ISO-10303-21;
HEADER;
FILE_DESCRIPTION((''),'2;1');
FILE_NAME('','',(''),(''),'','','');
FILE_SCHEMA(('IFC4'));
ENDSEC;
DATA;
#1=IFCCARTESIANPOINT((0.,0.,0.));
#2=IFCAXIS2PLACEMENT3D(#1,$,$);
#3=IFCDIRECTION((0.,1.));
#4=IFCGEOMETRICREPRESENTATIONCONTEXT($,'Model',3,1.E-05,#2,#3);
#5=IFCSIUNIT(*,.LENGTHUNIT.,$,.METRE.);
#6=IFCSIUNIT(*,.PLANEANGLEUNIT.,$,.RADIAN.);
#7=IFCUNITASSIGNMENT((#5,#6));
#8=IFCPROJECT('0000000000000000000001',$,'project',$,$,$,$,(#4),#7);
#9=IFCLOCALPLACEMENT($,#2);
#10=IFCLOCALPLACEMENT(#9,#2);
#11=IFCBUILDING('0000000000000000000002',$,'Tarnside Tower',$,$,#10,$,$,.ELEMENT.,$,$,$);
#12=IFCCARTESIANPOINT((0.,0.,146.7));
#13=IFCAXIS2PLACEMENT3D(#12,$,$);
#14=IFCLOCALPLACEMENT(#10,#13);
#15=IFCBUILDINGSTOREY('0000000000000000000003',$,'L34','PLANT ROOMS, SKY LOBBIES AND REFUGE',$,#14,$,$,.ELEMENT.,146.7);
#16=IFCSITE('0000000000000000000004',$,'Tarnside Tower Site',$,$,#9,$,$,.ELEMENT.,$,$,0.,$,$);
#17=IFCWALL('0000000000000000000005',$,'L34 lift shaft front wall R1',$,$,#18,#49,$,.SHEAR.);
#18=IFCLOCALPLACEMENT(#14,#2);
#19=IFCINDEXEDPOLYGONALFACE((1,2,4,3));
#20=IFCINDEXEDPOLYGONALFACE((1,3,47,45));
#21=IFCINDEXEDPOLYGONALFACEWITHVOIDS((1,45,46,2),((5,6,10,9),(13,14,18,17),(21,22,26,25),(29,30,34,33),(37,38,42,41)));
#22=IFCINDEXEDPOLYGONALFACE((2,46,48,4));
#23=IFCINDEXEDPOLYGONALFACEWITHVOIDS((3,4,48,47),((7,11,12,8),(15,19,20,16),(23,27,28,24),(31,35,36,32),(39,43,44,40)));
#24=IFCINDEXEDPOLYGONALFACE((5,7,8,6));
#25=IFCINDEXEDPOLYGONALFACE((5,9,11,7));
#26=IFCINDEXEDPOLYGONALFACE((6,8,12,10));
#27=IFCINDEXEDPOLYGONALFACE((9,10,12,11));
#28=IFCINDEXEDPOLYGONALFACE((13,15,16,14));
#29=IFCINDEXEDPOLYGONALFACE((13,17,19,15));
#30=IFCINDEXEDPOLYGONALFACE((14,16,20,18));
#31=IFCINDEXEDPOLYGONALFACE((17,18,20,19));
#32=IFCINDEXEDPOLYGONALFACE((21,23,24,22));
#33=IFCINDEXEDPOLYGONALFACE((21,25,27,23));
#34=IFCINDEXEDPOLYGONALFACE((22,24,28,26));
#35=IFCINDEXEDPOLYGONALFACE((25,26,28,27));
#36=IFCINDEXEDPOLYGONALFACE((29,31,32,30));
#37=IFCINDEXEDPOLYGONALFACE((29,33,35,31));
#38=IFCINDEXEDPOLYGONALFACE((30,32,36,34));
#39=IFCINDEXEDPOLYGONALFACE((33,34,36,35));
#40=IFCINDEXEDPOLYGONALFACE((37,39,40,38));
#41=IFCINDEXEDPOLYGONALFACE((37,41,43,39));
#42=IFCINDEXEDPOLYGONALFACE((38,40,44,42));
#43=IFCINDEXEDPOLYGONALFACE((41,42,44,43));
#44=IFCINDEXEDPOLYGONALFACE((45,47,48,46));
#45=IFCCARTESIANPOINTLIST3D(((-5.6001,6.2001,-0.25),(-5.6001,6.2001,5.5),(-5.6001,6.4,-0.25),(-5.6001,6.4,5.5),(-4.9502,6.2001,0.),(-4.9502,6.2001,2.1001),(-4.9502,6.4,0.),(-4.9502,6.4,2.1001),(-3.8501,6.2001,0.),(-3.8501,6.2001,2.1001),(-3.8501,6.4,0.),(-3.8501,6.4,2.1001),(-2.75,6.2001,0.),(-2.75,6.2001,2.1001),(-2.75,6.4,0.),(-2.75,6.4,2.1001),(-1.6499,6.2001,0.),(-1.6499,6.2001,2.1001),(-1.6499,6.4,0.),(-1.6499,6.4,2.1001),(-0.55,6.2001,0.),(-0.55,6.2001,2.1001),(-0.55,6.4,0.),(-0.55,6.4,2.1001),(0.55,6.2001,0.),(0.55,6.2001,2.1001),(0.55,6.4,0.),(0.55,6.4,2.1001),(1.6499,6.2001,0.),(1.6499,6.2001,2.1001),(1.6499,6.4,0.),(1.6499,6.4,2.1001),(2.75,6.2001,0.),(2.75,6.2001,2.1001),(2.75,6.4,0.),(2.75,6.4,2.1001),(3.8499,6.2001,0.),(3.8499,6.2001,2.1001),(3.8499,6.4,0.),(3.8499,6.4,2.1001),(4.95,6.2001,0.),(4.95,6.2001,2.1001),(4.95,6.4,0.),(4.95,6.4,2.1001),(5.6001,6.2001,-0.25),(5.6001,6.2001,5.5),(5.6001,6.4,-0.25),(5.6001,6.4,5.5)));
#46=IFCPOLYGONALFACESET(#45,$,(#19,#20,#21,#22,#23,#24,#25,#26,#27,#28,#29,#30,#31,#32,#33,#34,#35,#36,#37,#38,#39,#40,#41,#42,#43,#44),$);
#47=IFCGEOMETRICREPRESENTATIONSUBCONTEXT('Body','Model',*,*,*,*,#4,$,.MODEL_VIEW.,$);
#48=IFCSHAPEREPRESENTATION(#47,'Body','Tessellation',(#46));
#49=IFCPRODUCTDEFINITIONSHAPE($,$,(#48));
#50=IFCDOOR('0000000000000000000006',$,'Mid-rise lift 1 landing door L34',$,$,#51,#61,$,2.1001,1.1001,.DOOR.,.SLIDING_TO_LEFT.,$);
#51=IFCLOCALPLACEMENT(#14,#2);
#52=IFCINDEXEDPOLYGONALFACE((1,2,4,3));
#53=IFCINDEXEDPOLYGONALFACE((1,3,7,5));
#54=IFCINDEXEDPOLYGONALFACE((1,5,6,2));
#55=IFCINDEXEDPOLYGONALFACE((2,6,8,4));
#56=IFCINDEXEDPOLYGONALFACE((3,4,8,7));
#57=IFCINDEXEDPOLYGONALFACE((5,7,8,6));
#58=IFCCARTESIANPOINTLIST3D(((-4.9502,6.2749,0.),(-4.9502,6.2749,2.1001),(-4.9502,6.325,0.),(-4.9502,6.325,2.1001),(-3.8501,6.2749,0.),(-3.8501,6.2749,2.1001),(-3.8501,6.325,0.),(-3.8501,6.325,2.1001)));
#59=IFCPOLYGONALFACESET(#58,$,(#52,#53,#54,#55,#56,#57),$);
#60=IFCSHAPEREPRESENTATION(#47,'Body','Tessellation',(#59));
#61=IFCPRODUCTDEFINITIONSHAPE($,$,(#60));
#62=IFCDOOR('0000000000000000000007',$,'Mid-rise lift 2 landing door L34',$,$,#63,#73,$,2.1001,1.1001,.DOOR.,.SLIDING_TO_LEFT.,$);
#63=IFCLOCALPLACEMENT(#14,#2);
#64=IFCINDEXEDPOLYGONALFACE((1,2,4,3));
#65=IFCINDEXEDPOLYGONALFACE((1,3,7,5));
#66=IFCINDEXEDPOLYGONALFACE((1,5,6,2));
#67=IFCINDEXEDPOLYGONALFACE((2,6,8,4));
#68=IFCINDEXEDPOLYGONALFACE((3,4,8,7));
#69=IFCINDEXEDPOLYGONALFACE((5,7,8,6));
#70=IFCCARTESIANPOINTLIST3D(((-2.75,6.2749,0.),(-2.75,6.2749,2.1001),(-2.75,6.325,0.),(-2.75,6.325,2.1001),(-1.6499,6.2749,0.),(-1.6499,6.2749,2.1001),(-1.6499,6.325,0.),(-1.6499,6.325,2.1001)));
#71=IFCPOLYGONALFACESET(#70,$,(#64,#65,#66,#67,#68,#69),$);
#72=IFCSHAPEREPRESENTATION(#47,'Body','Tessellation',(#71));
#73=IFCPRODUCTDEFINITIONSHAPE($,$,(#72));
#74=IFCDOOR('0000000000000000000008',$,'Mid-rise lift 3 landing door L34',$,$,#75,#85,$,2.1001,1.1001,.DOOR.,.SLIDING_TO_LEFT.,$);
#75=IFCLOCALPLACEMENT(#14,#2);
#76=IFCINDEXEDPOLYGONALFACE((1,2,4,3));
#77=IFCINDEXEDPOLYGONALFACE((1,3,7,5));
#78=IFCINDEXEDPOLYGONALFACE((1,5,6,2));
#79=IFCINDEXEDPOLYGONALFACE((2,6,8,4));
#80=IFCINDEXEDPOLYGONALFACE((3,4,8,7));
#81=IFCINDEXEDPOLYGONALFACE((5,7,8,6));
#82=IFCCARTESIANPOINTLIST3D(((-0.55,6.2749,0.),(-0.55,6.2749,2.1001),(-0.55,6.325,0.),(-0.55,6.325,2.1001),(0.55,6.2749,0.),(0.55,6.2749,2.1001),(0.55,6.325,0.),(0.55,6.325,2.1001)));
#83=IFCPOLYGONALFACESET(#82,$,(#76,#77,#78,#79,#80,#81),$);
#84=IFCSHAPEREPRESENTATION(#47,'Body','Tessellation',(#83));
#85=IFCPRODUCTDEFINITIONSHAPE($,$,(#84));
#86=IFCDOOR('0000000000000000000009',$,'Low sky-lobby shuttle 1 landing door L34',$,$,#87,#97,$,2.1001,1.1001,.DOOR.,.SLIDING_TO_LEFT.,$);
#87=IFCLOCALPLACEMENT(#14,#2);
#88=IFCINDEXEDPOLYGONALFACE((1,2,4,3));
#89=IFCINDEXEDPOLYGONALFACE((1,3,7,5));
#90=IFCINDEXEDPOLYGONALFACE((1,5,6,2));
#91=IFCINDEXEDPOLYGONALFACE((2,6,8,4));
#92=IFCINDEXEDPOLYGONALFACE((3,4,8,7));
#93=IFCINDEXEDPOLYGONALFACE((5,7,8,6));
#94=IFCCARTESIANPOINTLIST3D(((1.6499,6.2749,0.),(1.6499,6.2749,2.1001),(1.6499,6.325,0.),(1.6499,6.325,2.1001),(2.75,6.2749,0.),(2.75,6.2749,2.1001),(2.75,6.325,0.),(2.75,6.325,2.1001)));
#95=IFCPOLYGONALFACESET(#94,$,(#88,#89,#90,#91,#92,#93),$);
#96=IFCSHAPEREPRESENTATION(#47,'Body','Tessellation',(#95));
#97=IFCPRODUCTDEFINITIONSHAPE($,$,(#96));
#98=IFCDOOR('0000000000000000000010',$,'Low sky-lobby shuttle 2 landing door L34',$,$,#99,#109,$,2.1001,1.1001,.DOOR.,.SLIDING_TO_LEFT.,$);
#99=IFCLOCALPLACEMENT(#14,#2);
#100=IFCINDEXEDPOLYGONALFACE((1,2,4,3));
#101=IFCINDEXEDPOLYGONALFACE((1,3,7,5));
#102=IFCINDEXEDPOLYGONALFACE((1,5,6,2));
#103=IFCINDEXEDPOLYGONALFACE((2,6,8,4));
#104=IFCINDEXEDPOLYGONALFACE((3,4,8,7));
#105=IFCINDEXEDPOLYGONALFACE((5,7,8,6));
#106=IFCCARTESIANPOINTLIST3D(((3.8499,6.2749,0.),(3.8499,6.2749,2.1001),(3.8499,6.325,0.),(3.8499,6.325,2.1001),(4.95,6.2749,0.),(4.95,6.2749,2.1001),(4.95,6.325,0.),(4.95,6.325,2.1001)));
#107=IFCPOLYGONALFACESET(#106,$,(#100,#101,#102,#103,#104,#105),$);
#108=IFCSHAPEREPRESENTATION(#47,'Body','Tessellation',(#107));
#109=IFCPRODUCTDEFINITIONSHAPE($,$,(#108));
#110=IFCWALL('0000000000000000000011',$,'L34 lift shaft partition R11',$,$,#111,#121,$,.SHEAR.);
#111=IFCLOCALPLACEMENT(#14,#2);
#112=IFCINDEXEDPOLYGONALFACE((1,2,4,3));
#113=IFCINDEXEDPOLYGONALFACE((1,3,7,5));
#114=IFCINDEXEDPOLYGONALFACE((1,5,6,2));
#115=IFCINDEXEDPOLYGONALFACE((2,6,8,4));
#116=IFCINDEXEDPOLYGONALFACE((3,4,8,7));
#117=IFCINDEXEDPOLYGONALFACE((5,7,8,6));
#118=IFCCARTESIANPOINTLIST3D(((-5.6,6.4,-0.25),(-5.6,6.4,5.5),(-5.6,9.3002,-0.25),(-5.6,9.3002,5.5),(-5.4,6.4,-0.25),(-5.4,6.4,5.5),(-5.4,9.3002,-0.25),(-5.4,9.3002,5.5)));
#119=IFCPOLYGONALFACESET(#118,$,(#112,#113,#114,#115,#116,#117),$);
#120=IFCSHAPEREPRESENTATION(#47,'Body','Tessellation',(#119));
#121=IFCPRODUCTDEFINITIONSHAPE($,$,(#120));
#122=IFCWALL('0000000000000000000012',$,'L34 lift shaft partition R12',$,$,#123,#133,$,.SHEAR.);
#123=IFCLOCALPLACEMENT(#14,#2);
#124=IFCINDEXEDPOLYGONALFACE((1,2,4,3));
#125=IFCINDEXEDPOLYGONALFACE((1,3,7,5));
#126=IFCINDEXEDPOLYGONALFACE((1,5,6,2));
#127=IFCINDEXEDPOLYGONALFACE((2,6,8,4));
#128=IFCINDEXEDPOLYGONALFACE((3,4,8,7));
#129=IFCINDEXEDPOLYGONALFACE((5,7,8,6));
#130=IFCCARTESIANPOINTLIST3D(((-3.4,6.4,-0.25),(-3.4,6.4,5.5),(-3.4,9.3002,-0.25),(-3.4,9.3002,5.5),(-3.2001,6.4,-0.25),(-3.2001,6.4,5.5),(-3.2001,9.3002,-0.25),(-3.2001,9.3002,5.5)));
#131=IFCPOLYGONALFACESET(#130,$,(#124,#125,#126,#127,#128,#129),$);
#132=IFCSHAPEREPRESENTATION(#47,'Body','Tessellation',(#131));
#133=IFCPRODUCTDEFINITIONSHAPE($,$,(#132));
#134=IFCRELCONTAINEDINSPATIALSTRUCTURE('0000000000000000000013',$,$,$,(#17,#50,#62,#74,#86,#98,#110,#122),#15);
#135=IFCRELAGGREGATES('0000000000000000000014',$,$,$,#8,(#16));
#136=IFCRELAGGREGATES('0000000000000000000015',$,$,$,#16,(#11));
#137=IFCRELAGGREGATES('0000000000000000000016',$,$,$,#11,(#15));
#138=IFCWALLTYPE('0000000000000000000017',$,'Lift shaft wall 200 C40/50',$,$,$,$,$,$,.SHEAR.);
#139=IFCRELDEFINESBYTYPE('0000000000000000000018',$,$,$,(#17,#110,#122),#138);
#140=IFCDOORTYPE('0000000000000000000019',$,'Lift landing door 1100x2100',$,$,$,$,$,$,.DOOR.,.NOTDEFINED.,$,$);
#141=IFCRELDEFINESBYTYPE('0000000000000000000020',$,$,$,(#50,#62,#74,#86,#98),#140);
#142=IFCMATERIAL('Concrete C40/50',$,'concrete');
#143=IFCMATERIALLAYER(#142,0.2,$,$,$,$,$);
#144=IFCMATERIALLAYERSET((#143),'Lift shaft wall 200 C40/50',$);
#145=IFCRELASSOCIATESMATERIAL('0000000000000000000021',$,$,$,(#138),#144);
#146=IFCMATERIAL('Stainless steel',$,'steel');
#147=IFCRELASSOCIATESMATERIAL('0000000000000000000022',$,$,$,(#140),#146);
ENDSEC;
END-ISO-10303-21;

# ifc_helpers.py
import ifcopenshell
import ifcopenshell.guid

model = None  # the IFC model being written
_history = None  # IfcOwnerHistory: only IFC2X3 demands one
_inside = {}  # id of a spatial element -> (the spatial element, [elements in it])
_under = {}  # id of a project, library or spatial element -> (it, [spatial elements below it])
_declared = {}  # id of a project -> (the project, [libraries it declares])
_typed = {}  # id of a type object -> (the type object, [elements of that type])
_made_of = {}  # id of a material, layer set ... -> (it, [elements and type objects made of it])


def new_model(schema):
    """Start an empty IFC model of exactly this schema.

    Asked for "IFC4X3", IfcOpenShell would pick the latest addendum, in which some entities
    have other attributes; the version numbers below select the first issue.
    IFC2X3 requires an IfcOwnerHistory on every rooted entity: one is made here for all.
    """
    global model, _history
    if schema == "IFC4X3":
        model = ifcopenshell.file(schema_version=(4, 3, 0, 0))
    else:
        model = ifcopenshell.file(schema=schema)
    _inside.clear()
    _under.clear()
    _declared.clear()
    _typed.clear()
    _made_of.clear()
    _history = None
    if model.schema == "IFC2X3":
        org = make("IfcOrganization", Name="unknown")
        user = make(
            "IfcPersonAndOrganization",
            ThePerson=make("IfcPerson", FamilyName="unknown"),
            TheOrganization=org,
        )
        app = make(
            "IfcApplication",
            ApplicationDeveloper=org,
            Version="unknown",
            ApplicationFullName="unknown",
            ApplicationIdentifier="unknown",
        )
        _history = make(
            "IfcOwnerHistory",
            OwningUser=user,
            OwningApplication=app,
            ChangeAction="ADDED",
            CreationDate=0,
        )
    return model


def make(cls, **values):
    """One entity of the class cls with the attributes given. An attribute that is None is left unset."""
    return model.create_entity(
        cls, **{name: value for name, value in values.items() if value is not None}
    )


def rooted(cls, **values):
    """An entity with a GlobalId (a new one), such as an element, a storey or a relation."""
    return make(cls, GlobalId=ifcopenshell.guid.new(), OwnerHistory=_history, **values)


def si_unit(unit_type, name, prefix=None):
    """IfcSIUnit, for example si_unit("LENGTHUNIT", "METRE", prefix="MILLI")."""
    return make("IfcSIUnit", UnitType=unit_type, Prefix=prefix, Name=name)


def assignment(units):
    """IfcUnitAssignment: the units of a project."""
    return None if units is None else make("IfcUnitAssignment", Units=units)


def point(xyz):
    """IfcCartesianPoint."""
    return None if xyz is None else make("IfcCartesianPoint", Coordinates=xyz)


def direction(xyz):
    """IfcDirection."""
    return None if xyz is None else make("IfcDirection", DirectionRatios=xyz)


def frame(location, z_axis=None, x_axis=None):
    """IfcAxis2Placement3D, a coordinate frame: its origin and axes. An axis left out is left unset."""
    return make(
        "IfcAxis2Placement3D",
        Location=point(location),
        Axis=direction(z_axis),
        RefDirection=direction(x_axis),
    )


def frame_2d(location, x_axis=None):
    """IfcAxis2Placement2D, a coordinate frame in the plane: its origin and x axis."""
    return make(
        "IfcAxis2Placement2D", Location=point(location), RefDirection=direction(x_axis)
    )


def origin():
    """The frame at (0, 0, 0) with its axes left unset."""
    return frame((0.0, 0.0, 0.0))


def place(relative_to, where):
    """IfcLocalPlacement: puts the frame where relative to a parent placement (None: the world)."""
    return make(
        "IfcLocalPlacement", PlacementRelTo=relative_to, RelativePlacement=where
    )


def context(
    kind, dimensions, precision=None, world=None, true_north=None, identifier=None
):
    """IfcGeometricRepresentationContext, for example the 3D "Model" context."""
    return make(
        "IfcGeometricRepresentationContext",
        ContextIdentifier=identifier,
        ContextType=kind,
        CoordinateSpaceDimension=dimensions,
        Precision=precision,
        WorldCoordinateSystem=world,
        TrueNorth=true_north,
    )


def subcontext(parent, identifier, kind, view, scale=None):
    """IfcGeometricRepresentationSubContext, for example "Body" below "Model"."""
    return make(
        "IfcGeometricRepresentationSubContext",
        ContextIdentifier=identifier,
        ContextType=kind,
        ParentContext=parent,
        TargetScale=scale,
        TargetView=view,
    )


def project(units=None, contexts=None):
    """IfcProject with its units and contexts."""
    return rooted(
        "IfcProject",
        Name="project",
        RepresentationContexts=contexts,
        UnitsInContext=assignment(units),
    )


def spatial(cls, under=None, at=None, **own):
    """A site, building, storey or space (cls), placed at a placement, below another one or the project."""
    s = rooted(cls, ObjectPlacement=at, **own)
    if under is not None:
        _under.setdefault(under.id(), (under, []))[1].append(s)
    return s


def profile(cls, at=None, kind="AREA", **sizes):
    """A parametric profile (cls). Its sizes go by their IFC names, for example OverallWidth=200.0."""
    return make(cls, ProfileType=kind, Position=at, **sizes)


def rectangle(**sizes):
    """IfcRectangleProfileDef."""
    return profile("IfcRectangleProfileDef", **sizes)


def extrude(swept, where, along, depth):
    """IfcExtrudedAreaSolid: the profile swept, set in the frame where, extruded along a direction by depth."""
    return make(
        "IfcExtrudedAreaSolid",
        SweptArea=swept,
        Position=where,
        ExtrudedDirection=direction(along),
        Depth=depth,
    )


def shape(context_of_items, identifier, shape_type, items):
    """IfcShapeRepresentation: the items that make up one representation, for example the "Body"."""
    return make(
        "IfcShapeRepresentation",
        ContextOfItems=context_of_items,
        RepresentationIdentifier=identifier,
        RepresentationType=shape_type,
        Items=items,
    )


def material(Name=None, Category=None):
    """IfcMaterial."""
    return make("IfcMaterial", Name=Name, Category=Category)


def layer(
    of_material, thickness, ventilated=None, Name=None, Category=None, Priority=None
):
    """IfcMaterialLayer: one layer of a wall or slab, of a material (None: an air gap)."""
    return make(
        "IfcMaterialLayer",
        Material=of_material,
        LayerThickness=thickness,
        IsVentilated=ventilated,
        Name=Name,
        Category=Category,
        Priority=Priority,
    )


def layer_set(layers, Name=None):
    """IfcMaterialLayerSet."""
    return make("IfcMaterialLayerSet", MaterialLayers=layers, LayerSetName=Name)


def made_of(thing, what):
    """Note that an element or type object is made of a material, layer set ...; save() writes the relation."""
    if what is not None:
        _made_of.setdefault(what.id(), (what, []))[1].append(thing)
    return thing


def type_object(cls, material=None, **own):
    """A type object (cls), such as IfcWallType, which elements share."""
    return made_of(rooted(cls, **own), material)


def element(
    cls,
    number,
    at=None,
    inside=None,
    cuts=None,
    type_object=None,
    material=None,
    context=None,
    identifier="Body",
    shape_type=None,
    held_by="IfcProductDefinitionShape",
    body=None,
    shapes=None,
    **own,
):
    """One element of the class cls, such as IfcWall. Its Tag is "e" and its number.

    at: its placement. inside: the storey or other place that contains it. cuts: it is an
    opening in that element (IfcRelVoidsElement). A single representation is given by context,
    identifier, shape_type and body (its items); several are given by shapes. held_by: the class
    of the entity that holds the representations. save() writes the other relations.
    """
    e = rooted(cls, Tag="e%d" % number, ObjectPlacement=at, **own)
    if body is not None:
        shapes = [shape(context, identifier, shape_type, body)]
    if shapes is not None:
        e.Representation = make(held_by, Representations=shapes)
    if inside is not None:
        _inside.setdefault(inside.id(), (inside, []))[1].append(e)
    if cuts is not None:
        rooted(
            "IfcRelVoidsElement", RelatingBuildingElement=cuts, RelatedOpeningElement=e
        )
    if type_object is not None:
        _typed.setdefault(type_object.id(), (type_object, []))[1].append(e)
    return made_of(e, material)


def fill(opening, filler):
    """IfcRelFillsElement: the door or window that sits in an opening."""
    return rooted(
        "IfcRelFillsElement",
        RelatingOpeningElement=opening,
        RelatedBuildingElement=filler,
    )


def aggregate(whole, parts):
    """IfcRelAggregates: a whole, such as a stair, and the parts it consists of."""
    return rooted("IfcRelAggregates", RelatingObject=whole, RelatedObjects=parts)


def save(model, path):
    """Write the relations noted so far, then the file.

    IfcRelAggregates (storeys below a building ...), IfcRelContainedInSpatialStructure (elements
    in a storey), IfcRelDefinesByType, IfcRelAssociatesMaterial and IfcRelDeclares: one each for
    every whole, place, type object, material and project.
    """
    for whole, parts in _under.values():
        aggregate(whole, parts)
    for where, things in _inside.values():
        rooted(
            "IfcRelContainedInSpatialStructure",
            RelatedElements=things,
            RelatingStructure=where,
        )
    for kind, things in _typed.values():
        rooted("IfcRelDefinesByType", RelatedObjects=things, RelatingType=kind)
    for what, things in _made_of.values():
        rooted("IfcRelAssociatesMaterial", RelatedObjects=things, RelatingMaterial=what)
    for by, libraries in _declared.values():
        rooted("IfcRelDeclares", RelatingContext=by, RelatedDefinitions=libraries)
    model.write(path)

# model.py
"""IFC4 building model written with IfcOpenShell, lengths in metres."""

from ifc_helpers import new_model, si_unit, direction, frame, frame_2d, origin, place, context, subcontext, project, spatial, rectangle, extrude, material, layer, layer_set, type_object, element, fill, save


model = new_model("IFC4")

# Units and contexts
model_context = context("Model", 3, precision=1e-05, world=origin(), true_north=direction((0.0, 1.0)))
body_context = subcontext(model_context, "Body", "Model", "MODEL_VIEW")
ifc_project = project(units=[si_unit("LENGTHUNIT", "METRE"), si_unit("PLANEANGLEUNIT", "RADIAN")], contexts=[model_context])

# Site, building, storey
site_placement = place(None, origin())
site = spatial("IfcSite", under=ifc_project, at=site_placement, Name="Tarnside Tower Site", CompositionType="ELEMENT", RefElevation=0.0)
building_placement = place(site_placement, origin())
building = spatial("IfcBuilding", under=site, at=building_placement, Name="Tarnside Tower", CompositionType="ELEMENT")
storey_placement = place(building_placement, frame((0.0, 0.0, 146.7)))
storey = spatial("IfcBuildingStorey", under=building, at=storey_placement, Name="L34", Description="PLANT ROOMS, SKY LOBBIES AND REFUGE", CompositionType="ELEMENT", Elevation=146.7)

# Wall, openings, doors
ifc_material_1 = material(Name="Concrete C40/50", Category="concrete")
ifc_layer = layer(ifc_material_1, 0.2)
ifc_layer_set = layer_set([ifc_layer], Name="Lift shaft wall 200 C40/50")
wall_type = type_object("IfcWallType", Name="Lift shaft wall 200 C40/50", PredefinedType="SHEAR", material=ifc_layer_set)
wall_1_placement = place(storey_placement, frame((-5.6001, 6.3, -0.25), z_axis=(0.0, 0.0, 1.0), x_axis=(1.0, 0.0, 0.0)))
wall_1 = element("IfcWall", 1, at=wall_1_placement, inside=storey, type_object=wall_type, Name="L34 lift shaft front wall R1", PredefinedType="SHEAR", context=body_context, shape_type="SweptSolid", body=[
    extrude(rectangle(XDim=11.2002, YDim=0.2, at=frame_2d((5.6001, 0.0))), origin(), (0.0, 0.0, 1.0), 5.75),
])
opening_1_placement = place(wall_1_placement, frame((0.6499, 0.0, 0.25)))
opening_1 = element("IfcOpeningElement", 2, at=opening_1_placement, cuts=wall_1, PredefinedType="OPENING", context=body_context, shape_type="SweptSolid", body=[
    extrude(rectangle(XDim=1.1001, YDim=2.1001, at=frame_2d((0.55, 1.05))), frame((0.0, 0.1099, 0.0), z_axis=(0.0, -1.0, 0.0), x_axis=(1.0, 0.0, 0.0)), (0.0, 0.0, 1.0), 0.22),
])
opening_2_placement = place(wall_1_placement, frame((2.8501, 0.0, 0.25)))
opening_2 = element("IfcOpeningElement", 3, at=opening_2_placement, cuts=wall_1, PredefinedType="OPENING", context=body_context, shape_type="SweptSolid", body=[
    extrude(rectangle(XDim=1.1001, YDim=2.1001, at=frame_2d((0.55, 1.05))), frame((0.0, 0.1099, 0.0), z_axis=(0.0, -1.0, 0.0), x_axis=(1.0, 0.0, 0.0)), (0.0, 0.0, 1.0), 0.22),
])
opening_3_placement = place(wall_1_placement, frame((5.05, 0.0, 0.25)))
opening_3 = element("IfcOpeningElement", 4, at=opening_3_placement, cuts=wall_1, PredefinedType="OPENING", context=body_context, shape_type="SweptSolid", body=[
    extrude(rectangle(XDim=1.1001, YDim=2.1001, at=frame_2d((0.55, 1.05))), frame((0.0, 0.1099, 0.0), z_axis=(0.0, -1.0, 0.0), x_axis=(1.0, 0.0, 0.0)), (0.0, 0.0, 1.0), 0.22),
])
opening_4_placement = place(wall_1_placement, frame((7.25, 0.0, 0.25)))
opening_4 = element("IfcOpeningElement", 5, at=opening_4_placement, cuts=wall_1, PredefinedType="OPENING", context=body_context, shape_type="SweptSolid", body=[
    extrude(rectangle(XDim=1.1001, YDim=2.1001, at=frame_2d((0.55, 1.05))), frame((0.0, 0.1099, 0.0), z_axis=(0.0, -1.0, 0.0), x_axis=(1.0, 0.0, 0.0)), (0.0, 0.0, 1.0), 0.22),
])
opening_5_placement = place(wall_1_placement, frame((9.45, 0.0, 0.25)))
opening_5 = element("IfcOpeningElement", 6, at=opening_5_placement, cuts=wall_1, PredefinedType="OPENING", context=body_context, shape_type="SweptSolid", body=[
    extrude(rectangle(XDim=1.1001, YDim=2.1001, at=frame_2d((0.55, 1.05))), frame((0.0, 0.1099, 0.0), z_axis=(0.0, -1.0, 0.0), x_axis=(1.0, 0.0, 0.0)), (0.0, 0.0, 1.0), 0.22),
])
ifc_material_2 = material(Name="Stainless steel", Category="steel")
door_type = type_object("IfcDoorType", Name="Lift landing door 1100x2100", OperationType="NOTDEFINED", PredefinedType="DOOR", material=ifc_material_2)
door_1_placement = place(opening_1_placement, origin())
door_1 = element("IfcDoor", 7, at=door_1_placement, inside=storey, type_object=door_type, Name="Mid-rise lift 1 landing door L34", OperationType="SLIDING_TO_LEFT", OverallHeight=2.1001, OverallWidth=1.1001, PredefinedType="DOOR", context=body_context, shape_type="SweptSolid", body=[
    extrude(rectangle(XDim=1.1001, YDim=2.1001, at=frame_2d((0.55, 1.05))), frame((0.0, 0.0249, 0.0), z_axis=(0.0, -1.0, 0.0), x_axis=(1.0, 0.0, 0.0)), (0.0, 0.0, 1.0), 0.05),
])
fill(opening_1, door_1)
door_2_placement = place(opening_2_placement, origin())
door_2 = element("IfcDoor", 8, at=door_2_placement, inside=storey, type_object=door_type, Name="Mid-rise lift 2 landing door L34", OperationType="SLIDING_TO_LEFT", OverallHeight=2.1001, OverallWidth=1.1001, PredefinedType="DOOR", context=body_context, shape_type="SweptSolid", body=[
    extrude(rectangle(XDim=1.1001, YDim=2.1001, at=frame_2d((0.55, 1.05))), frame((0.0, 0.0249, 0.0), z_axis=(0.0, -1.0, 0.0), x_axis=(1.0, 0.0, 0.0)), (0.0, 0.0, 1.0), 0.05),
])
fill(opening_2, door_2)
door_3_placement = place(opening_3_placement, origin())
door_3 = element("IfcDoor", 9, at=door_3_placement, inside=storey, type_object=door_type, Name="Mid-rise lift 3 landing door L34", OperationType="SLIDING_TO_LEFT", OverallHeight=2.1001, OverallWidth=1.1001, PredefinedType="DOOR", context=body_context, shape_type="SweptSolid", body=[
    extrude(rectangle(XDim=1.1001, YDim=2.1001, at=frame_2d((0.55, 1.05))), frame((0.0, 0.0249, 0.0), z_axis=(0.0, -1.0, 0.0), x_axis=(1.0, 0.0, 0.0)), (0.0, 0.0, 1.0), 0.05),
])
fill(opening_3, door_3)
door_4_placement = place(opening_4_placement, origin())
door_4 = element("IfcDoor", 10, at=door_4_placement, inside=storey, type_object=door_type, Name="Low sky-lobby shuttle 1 landing door L34", OperationType="SLIDING_TO_LEFT", OverallHeight=2.1001, OverallWidth=1.1001, PredefinedType="DOOR", context=body_context, shape_type="SweptSolid", body=[
    extrude(rectangle(XDim=1.1001, YDim=2.1001, at=frame_2d((0.55, 1.05))), frame((0.0, 0.0249, 0.0), z_axis=(0.0, -1.0, 0.0), x_axis=(1.0, 0.0, 0.0)), (0.0, 0.0, 1.0), 0.05),
])
fill(opening_4, door_4)
door_5_placement = place(opening_5_placement, origin())
door_5 = element("IfcDoor", 11, at=door_5_placement, inside=storey, type_object=door_type, Name="Low sky-lobby shuttle 2 landing door L34", OperationType="SLIDING_TO_LEFT", OverallHeight=2.1001, OverallWidth=1.1001, PredefinedType="DOOR", context=body_context, shape_type="SweptSolid", body=[
    extrude(rectangle(XDim=1.1001, YDim=2.1001, at=frame_2d((0.55, 1.05))), frame((0.0, 0.0249, 0.0), z_axis=(0.0, -1.0, 0.0), x_axis=(1.0, 0.0, 0.0)), (0.0, 0.0, 1.0), 0.05),
])
fill(opening_5, door_5)

# Walls
for number, where, z_axis, x_axis, name in (
    (12, (-5.5, 6.3999, -0.25), (0.0, 0.0, 1.0), (0.0, 1.0, 0.0), "L34 lift shaft partition R11"),
    (13, (-3.3, 6.3999, -0.25), (0.0, 0.0, 1.0), (0.0, 1.0, 0.0), "L34 lift shaft partition R12"),
):
    element("IfcWall", number, at=place(storey_placement, frame(where, z_axis=z_axis, x_axis=x_axis)), inside=storey, type_object=wall_type, Name=name, PredefinedType="SHEAR", context=body_context, shape_type="SweptSolid", body=[
        extrude(rectangle(XDim=2.9001, YDim=0.2, at=frame_2d((1.4502, 0.0))), origin(), (0.0, 0.0, 1.0), 5.75),
    ])

save(model, "model.ifc")
